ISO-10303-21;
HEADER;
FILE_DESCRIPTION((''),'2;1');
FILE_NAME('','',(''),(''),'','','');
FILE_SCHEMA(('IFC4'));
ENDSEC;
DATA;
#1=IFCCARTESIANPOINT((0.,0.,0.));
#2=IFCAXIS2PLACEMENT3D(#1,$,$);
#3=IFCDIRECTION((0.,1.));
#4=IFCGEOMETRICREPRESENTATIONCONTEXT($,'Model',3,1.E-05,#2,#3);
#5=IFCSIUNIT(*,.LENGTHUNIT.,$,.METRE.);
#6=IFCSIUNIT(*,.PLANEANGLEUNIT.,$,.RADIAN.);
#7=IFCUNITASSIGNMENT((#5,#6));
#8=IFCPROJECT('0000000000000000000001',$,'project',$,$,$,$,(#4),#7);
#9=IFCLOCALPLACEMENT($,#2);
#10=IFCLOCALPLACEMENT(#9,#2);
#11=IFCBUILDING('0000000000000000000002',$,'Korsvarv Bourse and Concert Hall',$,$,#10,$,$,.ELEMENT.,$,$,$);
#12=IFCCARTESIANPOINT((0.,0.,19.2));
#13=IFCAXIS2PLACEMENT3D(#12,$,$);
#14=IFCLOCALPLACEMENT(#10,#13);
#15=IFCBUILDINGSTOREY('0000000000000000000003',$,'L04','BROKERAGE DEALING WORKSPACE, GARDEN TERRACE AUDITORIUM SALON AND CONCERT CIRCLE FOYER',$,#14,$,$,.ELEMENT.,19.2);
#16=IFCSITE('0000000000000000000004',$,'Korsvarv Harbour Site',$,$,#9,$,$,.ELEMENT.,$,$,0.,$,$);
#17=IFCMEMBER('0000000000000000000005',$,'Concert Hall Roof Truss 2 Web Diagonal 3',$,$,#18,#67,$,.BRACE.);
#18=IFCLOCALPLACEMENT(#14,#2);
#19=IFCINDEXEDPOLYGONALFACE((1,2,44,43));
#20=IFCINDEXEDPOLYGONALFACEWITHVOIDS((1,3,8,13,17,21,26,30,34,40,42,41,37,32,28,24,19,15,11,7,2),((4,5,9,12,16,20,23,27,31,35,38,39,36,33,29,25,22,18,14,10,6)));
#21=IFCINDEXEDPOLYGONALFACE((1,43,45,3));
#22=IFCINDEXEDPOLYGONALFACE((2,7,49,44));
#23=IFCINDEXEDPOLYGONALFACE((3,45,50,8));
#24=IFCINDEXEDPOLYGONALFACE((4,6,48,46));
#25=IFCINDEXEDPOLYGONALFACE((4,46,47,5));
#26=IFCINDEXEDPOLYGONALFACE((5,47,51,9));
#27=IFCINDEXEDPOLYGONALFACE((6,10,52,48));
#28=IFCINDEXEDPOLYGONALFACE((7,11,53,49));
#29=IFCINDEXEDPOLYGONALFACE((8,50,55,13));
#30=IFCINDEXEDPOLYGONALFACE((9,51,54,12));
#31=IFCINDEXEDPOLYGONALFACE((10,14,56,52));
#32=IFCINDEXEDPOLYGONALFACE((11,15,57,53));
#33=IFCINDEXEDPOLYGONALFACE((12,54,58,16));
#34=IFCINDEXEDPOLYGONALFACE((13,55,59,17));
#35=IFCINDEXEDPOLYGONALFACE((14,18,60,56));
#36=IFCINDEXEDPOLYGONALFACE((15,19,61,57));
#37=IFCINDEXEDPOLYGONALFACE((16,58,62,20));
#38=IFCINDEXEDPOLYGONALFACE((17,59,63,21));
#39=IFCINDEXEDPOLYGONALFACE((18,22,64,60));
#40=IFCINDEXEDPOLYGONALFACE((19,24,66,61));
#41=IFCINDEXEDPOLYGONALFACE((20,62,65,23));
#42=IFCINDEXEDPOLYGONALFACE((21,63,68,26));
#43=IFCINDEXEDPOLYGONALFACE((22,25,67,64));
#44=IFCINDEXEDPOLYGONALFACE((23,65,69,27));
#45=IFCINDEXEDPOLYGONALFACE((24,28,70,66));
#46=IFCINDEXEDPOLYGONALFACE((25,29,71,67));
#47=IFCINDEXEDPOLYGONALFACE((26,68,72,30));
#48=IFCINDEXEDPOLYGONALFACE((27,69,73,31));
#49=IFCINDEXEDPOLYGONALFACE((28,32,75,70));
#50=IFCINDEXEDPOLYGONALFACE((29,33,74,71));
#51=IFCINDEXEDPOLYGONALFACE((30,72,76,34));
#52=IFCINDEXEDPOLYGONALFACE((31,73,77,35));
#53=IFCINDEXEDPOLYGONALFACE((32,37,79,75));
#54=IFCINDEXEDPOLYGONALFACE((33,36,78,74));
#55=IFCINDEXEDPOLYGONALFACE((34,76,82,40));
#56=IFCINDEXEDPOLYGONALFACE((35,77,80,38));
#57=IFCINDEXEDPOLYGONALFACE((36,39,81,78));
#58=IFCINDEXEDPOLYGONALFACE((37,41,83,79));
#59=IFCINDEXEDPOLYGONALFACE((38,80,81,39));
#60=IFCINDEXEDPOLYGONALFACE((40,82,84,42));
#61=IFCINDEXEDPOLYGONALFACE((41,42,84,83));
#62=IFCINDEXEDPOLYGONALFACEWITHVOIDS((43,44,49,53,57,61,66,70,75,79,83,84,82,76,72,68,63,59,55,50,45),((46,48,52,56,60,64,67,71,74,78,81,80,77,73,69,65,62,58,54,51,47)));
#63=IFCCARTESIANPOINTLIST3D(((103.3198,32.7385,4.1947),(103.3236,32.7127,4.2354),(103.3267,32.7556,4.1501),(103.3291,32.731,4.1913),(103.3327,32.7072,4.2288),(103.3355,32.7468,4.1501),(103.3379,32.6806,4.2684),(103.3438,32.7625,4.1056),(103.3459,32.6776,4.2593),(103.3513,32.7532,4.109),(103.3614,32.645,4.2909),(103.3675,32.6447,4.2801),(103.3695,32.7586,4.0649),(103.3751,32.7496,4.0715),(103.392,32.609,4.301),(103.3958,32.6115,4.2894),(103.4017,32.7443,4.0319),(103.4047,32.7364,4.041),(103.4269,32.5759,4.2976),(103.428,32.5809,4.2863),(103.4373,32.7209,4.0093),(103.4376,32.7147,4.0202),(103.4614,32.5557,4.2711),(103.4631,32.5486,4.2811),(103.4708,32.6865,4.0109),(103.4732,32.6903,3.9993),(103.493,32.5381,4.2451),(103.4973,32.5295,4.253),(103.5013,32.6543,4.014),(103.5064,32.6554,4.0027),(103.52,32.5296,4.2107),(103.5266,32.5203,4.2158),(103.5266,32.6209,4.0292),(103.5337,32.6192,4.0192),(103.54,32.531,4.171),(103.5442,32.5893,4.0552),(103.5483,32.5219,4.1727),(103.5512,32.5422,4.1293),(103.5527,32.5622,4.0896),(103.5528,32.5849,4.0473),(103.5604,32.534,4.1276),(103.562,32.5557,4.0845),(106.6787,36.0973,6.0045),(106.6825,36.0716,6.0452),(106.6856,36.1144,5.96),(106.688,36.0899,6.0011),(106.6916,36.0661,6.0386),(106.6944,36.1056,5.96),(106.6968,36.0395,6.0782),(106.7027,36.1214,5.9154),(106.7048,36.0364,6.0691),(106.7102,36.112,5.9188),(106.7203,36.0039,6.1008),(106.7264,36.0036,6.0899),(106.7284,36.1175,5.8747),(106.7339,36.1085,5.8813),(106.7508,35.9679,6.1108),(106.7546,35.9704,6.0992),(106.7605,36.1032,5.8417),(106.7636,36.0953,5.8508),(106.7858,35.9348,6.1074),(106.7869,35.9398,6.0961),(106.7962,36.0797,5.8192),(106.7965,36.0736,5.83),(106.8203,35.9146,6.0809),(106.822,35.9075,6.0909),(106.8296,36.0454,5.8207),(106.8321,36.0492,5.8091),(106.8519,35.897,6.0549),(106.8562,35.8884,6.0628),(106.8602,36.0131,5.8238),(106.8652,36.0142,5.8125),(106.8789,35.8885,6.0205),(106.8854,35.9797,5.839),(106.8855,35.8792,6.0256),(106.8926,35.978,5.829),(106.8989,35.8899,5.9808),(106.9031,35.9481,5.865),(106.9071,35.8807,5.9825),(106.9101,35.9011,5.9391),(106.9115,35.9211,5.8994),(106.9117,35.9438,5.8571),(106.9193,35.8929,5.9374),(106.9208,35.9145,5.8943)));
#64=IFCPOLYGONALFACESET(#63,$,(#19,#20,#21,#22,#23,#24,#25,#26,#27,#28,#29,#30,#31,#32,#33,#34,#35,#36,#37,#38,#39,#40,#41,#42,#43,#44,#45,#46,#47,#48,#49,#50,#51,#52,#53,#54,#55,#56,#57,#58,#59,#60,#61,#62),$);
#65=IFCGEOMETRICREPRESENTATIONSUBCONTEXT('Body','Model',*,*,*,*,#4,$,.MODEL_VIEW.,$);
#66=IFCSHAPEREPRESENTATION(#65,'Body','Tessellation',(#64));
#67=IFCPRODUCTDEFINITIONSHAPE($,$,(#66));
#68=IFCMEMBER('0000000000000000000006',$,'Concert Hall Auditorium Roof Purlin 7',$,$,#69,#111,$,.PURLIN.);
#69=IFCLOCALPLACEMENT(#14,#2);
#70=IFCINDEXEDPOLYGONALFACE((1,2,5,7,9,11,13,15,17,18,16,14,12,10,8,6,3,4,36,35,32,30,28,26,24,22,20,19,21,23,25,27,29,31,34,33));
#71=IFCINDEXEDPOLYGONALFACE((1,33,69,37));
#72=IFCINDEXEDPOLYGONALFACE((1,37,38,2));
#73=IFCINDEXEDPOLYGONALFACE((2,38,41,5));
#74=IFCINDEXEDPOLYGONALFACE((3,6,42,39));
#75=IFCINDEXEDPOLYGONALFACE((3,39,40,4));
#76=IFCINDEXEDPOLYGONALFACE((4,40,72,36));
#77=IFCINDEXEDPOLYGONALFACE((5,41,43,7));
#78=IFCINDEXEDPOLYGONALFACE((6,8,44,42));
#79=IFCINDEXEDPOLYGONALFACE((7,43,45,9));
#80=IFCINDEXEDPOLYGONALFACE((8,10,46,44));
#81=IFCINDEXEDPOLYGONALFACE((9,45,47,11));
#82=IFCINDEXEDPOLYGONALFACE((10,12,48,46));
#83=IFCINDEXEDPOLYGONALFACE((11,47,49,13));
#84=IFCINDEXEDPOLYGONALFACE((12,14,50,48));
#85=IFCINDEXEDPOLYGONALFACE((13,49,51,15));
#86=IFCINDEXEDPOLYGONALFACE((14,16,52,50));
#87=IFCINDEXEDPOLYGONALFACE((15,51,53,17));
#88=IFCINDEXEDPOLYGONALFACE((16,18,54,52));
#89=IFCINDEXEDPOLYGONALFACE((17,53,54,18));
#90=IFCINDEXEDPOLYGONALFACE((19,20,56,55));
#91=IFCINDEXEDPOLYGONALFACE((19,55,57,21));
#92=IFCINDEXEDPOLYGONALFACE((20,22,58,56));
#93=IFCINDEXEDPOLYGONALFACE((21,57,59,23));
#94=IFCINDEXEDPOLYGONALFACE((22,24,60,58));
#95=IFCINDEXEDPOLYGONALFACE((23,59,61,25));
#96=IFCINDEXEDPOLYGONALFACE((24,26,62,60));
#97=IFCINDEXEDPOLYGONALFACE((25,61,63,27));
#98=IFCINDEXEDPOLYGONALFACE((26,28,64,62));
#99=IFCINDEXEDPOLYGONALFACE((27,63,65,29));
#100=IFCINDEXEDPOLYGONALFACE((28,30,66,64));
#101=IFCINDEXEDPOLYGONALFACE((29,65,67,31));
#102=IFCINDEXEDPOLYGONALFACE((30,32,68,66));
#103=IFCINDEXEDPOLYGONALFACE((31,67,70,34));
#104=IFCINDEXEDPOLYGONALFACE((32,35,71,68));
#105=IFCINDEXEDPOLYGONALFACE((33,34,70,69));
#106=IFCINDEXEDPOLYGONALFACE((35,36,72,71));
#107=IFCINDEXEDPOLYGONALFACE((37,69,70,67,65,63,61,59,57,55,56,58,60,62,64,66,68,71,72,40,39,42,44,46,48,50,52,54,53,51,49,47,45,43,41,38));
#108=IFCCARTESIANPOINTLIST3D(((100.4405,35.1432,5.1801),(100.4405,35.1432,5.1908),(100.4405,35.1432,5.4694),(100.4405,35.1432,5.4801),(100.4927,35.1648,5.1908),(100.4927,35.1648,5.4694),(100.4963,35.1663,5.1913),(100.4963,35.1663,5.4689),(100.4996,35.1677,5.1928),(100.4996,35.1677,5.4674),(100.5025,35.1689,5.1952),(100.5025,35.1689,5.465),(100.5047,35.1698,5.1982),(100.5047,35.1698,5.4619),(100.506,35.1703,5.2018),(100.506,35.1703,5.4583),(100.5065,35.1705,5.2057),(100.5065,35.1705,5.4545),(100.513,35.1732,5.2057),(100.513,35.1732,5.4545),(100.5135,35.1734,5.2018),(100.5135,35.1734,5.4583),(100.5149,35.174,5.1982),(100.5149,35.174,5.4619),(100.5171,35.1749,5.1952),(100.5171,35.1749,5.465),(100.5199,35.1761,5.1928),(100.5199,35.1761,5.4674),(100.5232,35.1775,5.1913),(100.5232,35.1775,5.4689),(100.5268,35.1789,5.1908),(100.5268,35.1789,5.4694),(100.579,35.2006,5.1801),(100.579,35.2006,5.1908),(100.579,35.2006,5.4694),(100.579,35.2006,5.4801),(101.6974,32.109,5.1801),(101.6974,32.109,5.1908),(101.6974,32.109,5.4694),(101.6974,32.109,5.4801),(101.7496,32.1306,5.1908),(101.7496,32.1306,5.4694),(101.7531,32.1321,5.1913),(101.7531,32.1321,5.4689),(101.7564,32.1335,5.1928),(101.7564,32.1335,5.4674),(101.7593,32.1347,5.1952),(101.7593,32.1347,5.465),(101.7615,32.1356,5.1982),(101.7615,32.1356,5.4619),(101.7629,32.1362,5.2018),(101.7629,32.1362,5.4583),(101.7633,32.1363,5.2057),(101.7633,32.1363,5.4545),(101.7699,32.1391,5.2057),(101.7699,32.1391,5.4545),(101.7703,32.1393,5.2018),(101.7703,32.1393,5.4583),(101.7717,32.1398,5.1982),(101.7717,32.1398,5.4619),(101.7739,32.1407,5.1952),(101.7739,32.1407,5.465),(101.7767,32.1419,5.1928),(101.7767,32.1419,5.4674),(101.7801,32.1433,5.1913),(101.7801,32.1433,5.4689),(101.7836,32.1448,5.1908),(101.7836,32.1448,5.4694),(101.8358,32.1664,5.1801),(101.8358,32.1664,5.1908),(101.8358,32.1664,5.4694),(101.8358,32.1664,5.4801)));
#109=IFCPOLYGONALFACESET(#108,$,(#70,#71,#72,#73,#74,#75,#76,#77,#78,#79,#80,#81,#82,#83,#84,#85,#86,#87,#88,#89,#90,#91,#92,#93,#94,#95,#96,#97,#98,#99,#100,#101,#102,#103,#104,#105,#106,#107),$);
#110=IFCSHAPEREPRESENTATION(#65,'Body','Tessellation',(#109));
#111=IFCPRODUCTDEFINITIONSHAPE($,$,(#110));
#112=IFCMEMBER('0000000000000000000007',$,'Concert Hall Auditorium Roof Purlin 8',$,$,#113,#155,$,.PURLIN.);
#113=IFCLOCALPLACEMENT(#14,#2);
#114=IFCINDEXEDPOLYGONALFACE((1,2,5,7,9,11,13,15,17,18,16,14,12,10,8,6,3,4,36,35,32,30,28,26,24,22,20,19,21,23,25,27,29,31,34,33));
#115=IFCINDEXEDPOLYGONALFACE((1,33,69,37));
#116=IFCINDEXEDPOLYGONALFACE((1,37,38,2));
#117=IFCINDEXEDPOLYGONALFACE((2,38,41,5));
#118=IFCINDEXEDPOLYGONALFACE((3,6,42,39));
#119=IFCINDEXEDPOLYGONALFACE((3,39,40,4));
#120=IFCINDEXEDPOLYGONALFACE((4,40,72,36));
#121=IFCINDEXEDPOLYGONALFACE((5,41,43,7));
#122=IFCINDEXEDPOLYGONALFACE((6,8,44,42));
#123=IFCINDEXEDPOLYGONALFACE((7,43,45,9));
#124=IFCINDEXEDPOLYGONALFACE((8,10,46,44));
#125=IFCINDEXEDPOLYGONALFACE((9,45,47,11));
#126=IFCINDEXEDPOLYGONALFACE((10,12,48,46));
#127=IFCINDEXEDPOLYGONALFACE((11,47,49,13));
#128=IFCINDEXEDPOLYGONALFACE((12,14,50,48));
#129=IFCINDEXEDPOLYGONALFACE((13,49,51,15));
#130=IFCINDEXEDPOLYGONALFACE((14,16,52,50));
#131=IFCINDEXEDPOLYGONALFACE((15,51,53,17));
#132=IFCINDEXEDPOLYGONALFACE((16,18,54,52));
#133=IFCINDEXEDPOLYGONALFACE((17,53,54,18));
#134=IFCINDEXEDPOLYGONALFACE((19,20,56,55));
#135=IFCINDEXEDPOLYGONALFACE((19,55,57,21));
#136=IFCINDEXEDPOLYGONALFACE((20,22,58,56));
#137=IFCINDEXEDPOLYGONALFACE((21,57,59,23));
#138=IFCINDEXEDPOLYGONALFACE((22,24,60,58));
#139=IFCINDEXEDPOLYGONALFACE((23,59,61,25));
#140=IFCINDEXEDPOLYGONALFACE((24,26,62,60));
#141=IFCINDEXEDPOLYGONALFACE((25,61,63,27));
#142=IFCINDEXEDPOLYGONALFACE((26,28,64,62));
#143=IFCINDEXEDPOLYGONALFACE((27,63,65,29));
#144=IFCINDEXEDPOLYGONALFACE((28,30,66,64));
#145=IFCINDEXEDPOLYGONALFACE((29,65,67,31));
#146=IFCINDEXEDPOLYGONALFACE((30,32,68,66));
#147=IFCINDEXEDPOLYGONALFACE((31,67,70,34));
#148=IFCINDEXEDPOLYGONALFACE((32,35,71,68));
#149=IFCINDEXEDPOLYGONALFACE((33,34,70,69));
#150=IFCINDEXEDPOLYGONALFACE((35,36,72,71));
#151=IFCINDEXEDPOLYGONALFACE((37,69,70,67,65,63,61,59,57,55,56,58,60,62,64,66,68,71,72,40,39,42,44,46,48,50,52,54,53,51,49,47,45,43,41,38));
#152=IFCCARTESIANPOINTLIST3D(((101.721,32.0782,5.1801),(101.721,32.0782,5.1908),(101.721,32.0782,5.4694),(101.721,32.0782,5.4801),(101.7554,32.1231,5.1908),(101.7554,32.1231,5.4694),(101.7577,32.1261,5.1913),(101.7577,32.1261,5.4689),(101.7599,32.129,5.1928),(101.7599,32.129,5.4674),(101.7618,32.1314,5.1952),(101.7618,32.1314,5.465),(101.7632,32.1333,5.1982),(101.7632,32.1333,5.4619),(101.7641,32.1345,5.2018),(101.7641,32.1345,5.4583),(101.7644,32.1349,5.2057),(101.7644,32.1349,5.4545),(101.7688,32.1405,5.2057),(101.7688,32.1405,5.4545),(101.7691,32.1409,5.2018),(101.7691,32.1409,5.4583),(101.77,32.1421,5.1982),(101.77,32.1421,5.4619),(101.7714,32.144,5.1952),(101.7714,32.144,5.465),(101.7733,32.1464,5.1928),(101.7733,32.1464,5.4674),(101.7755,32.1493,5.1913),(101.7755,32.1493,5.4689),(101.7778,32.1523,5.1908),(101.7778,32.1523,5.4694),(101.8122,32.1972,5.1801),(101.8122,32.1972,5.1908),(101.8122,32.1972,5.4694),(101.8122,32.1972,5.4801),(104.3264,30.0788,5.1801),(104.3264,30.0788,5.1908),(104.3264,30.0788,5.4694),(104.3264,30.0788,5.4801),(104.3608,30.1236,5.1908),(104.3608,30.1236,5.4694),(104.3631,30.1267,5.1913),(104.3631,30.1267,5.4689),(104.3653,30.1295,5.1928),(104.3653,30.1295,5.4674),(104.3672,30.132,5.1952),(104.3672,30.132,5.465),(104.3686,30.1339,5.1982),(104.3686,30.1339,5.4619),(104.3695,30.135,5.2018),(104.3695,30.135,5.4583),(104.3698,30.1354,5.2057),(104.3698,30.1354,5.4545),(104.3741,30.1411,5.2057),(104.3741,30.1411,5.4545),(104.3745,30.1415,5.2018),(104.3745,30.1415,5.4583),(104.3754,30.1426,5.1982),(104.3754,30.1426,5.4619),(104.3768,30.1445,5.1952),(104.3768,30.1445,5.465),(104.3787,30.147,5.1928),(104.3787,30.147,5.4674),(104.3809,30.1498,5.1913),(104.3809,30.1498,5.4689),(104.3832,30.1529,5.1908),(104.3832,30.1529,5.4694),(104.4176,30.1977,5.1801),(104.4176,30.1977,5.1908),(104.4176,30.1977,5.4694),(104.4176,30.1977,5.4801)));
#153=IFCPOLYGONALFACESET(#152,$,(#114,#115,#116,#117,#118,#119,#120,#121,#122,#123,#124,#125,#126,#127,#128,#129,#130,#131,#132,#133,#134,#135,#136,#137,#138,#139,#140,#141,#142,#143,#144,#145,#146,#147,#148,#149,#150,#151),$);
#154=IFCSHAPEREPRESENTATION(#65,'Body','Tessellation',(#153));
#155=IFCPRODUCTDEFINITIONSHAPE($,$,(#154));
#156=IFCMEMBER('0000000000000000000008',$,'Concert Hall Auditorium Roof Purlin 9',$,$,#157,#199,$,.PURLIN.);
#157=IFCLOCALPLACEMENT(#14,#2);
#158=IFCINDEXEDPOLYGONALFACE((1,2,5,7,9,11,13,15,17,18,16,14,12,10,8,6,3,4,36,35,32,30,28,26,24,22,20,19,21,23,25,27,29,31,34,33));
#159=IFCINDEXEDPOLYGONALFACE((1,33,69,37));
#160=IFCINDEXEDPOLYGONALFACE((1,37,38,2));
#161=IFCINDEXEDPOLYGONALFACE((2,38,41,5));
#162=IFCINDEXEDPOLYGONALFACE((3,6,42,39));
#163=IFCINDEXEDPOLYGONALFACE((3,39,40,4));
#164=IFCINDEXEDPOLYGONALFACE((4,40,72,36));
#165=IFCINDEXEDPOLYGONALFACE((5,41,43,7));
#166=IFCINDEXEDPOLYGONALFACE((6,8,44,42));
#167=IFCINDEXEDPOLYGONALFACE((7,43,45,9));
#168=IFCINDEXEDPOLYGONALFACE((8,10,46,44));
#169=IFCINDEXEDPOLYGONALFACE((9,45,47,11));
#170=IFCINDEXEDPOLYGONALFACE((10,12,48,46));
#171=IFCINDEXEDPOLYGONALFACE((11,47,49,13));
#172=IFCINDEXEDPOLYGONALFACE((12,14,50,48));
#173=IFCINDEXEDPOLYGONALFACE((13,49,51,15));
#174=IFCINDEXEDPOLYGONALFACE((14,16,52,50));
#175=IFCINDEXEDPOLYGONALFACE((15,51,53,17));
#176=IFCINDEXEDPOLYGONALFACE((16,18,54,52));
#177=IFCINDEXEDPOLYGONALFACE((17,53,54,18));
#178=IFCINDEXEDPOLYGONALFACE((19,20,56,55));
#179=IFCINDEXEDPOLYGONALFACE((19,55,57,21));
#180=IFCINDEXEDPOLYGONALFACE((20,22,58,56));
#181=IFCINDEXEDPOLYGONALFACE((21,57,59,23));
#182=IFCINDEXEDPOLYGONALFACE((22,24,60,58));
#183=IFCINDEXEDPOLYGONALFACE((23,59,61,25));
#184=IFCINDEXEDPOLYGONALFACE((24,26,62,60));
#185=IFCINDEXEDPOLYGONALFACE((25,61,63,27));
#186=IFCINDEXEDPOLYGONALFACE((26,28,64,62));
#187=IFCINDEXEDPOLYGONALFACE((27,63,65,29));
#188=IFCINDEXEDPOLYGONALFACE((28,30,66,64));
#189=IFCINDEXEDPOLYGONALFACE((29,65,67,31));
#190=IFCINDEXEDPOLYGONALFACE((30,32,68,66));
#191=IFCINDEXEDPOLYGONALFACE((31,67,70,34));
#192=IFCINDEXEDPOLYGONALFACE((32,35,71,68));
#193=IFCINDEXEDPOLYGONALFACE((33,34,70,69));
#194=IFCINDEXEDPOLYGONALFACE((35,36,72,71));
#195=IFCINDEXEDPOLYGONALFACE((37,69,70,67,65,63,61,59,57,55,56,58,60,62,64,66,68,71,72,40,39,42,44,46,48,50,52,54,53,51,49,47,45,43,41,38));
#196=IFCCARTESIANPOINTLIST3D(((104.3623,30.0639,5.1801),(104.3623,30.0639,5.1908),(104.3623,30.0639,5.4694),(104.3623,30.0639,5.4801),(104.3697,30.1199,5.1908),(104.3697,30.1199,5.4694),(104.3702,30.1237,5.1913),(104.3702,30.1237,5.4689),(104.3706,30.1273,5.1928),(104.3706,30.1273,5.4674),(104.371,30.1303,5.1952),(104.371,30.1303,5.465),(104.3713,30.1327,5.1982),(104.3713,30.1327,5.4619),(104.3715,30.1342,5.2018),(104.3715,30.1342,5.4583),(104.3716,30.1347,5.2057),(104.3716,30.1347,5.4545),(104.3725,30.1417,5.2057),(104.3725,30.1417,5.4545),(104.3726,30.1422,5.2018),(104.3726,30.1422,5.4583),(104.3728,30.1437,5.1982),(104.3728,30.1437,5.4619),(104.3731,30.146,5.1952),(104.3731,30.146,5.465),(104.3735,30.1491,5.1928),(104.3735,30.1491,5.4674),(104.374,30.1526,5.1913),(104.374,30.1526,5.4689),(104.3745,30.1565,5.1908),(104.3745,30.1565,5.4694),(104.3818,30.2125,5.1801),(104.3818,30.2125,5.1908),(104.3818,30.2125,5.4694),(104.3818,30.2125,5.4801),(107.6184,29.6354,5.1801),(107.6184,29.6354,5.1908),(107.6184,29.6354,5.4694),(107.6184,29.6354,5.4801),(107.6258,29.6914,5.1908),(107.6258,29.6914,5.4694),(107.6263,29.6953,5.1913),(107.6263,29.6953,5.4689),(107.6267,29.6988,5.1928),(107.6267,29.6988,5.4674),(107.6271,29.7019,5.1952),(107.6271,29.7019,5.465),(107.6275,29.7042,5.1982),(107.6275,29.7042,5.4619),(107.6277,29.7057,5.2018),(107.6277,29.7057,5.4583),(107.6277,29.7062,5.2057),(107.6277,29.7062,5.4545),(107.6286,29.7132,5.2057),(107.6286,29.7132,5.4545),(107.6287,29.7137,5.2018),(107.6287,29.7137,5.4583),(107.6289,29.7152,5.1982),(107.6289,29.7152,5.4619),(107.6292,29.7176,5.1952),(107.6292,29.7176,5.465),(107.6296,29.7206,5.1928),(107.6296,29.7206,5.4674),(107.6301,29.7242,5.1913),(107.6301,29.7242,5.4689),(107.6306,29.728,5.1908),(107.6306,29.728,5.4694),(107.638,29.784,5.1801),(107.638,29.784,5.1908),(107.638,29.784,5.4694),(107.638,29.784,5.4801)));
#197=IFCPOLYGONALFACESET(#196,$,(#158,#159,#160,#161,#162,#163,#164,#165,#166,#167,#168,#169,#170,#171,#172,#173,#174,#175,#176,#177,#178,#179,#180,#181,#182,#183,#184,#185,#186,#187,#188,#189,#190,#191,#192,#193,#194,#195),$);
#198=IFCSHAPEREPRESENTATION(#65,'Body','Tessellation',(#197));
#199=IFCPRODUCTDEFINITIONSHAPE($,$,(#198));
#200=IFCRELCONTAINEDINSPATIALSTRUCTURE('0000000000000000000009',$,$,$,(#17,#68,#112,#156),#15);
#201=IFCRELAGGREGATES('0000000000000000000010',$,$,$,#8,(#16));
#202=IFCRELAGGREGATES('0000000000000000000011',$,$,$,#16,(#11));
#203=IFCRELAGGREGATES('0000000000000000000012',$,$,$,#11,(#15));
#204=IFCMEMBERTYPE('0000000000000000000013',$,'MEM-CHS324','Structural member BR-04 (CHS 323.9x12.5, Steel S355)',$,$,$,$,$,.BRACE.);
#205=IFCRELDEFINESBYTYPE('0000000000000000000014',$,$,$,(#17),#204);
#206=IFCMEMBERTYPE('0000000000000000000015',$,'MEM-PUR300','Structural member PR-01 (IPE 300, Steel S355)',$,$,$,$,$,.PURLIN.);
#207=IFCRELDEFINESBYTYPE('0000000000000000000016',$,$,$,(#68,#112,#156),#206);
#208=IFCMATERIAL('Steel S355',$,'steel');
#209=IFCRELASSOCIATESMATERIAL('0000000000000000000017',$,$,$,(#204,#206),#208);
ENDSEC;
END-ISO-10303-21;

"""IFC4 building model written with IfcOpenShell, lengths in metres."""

from ifc_helpers import new_model, si_unit, direction, frame, origin, origin_2d, place, context, subcontext, project, spatial, hollow_circle, i_section, extrude, source, transform, mapped, material, material_profile, profile_set, type_object, element, save


model = new_model("IFC4")

# Units and contexts
model_context = context("Model", 3, precision=1e-05, world=origin(), true_north=direction((0.0, 1.0)))
body_context = subcontext(model_context, "Body", "Model", "MODEL_VIEW")
ifc_project = project(units=[si_unit("LENGTHUNIT", "METRE"), si_unit("PLANEANGLEUNIT", "RADIAN")], contexts=[model_context])

# Site, building, storey
site_placement = place(None, origin())
site = spatial("IfcSite", under=ifc_project, at=site_placement, Name="Korsvarv Harbour Site", CompositionType="ELEMENT", RefElevation=0.0)
building_placement = place(site_placement, origin())
building = spatial("IfcBuilding", under=site, at=building_placement, Name="Korsvarv Bourse and Concert Hall", CompositionType="ELEMENT")
storey_placement = place(building_placement, frame((0.0, 0.0, 19.2)))
storey = spatial("IfcBuildingStorey", under=building, at=storey_placement, Name="L04", Description="BROKERAGE DEALING WORKSPACE, GARDEN TERRACE AUDITORIUM SALON AND CONCERT CIRCLE FOYER", CompositionType="ELEMENT", Elevation=19.2)

# Shared definitions
ifc_material_1 = material(Name="Steel S355", Category="steel")

# Members
ifc_material_profile_1 = material_profile(ifc_material_1, hollow_circle(Radius=0.1619, WallThickness=0.0125, at=origin_2d()), Name="CHS 323.9x12.5")
ifc_profile_set_1 = profile_set([ifc_material_profile_1], Name="Steel S355")
member_type_1 = type_object("IfcMemberType", Name="MEM-CHS324", Description="Structural member BR-04 (CHS 323.9x12.5, Steel S355)", PredefinedType="BRACE", material=ifc_profile_set_1)
shared_shape_1 = source(origin(), body_context, "Body", "SweptSolid", [
    extrude(hollow_circle(Radius=0.1619, WallThickness=0.0125, at=origin_2d()), origin(), (0.0, 0.0, 1.0), 5.0833),
])
member_1_placement = place(storey_placement, frame((103.4412, 32.6411, 4.1501), z_axis=(0.660772, 0.660772, 0.356033), x_axis=(-0.707107, 0.707107, 0.0)))
element("IfcMember", 1, at=member_1_placement, inside=storey, type_object=member_type_1, Name="Concert Hall Roof Truss 2 Web Diagonal 3", PredefinedType="BRACE", context=body_context, shape_type="MappedRepresentation", body=[
    mapped(shared_shape_1, transform((0.0, 0.0, 0.0), scale=1.0)),
])
ifc_material_profile_2 = material_profile(ifc_material_1, i_section(OverallWidth=0.1499, OverallDepth=0.3, WebThickness=0.0071, FlangeThickness=0.0107, FilletRadius=0.0149, at=origin_2d()), Name="IPE 300")
ifc_profile_set_2 = profile_set([ifc_material_profile_2], Name="Steel S355")
member_type_2 = type_object("IfcMemberType", Name="MEM-PUR300", Description="Structural member PR-01 (IPE 300, Steel S355)", PredefinedType="PURLIN", material=ifc_profile_set_2)
shared_shape_2 = source(origin(), body_context, "Body", "SweptSolid", [
    extrude(i_section(OverallWidth=0.1499, OverallDepth=0.3, WebThickness=0.0071, FlangeThickness=0.0107, FilletRadius=0.0149, at=origin_2d()), origin(), (0.0, 0.0, 1.0), 3.2842),
])
for number, where, z_axis, x_axis, name in (
    (2, (100.5098, 35.1719, 5.3301), (0.382693, -0.923875, 0.0), (0.923875, 0.382693, 0.0), "Concert Hall Auditorium Roof Purlin 7"),
    (3, (101.7666, 32.1377, 5.3301), (0.793314, -0.608812, 0.0), (0.608812, 0.793314, 0.0), "Concert Hall Auditorium Roof Purlin 8"),
    (4, (104.3721, 30.1382, 5.3301), (0.991453, -0.130464, 0.0), (0.130464, 0.991453, 0.0), "Concert Hall Auditorium Roof Purlin 9"),
):
    element("IfcMember", number, at=place(storey_placement, frame(where, z_axis=z_axis, x_axis=x_axis)), inside=storey, type_object=member_type_2, Name=name, PredefinedType="PURLIN", context=body_context, shape_type="MappedRepresentation", body=[
        mapped(shared_shape_2, transform((0.0, 0.0, 0.0), scale=1.0)),
    ])

save(model, "model.ifc")
